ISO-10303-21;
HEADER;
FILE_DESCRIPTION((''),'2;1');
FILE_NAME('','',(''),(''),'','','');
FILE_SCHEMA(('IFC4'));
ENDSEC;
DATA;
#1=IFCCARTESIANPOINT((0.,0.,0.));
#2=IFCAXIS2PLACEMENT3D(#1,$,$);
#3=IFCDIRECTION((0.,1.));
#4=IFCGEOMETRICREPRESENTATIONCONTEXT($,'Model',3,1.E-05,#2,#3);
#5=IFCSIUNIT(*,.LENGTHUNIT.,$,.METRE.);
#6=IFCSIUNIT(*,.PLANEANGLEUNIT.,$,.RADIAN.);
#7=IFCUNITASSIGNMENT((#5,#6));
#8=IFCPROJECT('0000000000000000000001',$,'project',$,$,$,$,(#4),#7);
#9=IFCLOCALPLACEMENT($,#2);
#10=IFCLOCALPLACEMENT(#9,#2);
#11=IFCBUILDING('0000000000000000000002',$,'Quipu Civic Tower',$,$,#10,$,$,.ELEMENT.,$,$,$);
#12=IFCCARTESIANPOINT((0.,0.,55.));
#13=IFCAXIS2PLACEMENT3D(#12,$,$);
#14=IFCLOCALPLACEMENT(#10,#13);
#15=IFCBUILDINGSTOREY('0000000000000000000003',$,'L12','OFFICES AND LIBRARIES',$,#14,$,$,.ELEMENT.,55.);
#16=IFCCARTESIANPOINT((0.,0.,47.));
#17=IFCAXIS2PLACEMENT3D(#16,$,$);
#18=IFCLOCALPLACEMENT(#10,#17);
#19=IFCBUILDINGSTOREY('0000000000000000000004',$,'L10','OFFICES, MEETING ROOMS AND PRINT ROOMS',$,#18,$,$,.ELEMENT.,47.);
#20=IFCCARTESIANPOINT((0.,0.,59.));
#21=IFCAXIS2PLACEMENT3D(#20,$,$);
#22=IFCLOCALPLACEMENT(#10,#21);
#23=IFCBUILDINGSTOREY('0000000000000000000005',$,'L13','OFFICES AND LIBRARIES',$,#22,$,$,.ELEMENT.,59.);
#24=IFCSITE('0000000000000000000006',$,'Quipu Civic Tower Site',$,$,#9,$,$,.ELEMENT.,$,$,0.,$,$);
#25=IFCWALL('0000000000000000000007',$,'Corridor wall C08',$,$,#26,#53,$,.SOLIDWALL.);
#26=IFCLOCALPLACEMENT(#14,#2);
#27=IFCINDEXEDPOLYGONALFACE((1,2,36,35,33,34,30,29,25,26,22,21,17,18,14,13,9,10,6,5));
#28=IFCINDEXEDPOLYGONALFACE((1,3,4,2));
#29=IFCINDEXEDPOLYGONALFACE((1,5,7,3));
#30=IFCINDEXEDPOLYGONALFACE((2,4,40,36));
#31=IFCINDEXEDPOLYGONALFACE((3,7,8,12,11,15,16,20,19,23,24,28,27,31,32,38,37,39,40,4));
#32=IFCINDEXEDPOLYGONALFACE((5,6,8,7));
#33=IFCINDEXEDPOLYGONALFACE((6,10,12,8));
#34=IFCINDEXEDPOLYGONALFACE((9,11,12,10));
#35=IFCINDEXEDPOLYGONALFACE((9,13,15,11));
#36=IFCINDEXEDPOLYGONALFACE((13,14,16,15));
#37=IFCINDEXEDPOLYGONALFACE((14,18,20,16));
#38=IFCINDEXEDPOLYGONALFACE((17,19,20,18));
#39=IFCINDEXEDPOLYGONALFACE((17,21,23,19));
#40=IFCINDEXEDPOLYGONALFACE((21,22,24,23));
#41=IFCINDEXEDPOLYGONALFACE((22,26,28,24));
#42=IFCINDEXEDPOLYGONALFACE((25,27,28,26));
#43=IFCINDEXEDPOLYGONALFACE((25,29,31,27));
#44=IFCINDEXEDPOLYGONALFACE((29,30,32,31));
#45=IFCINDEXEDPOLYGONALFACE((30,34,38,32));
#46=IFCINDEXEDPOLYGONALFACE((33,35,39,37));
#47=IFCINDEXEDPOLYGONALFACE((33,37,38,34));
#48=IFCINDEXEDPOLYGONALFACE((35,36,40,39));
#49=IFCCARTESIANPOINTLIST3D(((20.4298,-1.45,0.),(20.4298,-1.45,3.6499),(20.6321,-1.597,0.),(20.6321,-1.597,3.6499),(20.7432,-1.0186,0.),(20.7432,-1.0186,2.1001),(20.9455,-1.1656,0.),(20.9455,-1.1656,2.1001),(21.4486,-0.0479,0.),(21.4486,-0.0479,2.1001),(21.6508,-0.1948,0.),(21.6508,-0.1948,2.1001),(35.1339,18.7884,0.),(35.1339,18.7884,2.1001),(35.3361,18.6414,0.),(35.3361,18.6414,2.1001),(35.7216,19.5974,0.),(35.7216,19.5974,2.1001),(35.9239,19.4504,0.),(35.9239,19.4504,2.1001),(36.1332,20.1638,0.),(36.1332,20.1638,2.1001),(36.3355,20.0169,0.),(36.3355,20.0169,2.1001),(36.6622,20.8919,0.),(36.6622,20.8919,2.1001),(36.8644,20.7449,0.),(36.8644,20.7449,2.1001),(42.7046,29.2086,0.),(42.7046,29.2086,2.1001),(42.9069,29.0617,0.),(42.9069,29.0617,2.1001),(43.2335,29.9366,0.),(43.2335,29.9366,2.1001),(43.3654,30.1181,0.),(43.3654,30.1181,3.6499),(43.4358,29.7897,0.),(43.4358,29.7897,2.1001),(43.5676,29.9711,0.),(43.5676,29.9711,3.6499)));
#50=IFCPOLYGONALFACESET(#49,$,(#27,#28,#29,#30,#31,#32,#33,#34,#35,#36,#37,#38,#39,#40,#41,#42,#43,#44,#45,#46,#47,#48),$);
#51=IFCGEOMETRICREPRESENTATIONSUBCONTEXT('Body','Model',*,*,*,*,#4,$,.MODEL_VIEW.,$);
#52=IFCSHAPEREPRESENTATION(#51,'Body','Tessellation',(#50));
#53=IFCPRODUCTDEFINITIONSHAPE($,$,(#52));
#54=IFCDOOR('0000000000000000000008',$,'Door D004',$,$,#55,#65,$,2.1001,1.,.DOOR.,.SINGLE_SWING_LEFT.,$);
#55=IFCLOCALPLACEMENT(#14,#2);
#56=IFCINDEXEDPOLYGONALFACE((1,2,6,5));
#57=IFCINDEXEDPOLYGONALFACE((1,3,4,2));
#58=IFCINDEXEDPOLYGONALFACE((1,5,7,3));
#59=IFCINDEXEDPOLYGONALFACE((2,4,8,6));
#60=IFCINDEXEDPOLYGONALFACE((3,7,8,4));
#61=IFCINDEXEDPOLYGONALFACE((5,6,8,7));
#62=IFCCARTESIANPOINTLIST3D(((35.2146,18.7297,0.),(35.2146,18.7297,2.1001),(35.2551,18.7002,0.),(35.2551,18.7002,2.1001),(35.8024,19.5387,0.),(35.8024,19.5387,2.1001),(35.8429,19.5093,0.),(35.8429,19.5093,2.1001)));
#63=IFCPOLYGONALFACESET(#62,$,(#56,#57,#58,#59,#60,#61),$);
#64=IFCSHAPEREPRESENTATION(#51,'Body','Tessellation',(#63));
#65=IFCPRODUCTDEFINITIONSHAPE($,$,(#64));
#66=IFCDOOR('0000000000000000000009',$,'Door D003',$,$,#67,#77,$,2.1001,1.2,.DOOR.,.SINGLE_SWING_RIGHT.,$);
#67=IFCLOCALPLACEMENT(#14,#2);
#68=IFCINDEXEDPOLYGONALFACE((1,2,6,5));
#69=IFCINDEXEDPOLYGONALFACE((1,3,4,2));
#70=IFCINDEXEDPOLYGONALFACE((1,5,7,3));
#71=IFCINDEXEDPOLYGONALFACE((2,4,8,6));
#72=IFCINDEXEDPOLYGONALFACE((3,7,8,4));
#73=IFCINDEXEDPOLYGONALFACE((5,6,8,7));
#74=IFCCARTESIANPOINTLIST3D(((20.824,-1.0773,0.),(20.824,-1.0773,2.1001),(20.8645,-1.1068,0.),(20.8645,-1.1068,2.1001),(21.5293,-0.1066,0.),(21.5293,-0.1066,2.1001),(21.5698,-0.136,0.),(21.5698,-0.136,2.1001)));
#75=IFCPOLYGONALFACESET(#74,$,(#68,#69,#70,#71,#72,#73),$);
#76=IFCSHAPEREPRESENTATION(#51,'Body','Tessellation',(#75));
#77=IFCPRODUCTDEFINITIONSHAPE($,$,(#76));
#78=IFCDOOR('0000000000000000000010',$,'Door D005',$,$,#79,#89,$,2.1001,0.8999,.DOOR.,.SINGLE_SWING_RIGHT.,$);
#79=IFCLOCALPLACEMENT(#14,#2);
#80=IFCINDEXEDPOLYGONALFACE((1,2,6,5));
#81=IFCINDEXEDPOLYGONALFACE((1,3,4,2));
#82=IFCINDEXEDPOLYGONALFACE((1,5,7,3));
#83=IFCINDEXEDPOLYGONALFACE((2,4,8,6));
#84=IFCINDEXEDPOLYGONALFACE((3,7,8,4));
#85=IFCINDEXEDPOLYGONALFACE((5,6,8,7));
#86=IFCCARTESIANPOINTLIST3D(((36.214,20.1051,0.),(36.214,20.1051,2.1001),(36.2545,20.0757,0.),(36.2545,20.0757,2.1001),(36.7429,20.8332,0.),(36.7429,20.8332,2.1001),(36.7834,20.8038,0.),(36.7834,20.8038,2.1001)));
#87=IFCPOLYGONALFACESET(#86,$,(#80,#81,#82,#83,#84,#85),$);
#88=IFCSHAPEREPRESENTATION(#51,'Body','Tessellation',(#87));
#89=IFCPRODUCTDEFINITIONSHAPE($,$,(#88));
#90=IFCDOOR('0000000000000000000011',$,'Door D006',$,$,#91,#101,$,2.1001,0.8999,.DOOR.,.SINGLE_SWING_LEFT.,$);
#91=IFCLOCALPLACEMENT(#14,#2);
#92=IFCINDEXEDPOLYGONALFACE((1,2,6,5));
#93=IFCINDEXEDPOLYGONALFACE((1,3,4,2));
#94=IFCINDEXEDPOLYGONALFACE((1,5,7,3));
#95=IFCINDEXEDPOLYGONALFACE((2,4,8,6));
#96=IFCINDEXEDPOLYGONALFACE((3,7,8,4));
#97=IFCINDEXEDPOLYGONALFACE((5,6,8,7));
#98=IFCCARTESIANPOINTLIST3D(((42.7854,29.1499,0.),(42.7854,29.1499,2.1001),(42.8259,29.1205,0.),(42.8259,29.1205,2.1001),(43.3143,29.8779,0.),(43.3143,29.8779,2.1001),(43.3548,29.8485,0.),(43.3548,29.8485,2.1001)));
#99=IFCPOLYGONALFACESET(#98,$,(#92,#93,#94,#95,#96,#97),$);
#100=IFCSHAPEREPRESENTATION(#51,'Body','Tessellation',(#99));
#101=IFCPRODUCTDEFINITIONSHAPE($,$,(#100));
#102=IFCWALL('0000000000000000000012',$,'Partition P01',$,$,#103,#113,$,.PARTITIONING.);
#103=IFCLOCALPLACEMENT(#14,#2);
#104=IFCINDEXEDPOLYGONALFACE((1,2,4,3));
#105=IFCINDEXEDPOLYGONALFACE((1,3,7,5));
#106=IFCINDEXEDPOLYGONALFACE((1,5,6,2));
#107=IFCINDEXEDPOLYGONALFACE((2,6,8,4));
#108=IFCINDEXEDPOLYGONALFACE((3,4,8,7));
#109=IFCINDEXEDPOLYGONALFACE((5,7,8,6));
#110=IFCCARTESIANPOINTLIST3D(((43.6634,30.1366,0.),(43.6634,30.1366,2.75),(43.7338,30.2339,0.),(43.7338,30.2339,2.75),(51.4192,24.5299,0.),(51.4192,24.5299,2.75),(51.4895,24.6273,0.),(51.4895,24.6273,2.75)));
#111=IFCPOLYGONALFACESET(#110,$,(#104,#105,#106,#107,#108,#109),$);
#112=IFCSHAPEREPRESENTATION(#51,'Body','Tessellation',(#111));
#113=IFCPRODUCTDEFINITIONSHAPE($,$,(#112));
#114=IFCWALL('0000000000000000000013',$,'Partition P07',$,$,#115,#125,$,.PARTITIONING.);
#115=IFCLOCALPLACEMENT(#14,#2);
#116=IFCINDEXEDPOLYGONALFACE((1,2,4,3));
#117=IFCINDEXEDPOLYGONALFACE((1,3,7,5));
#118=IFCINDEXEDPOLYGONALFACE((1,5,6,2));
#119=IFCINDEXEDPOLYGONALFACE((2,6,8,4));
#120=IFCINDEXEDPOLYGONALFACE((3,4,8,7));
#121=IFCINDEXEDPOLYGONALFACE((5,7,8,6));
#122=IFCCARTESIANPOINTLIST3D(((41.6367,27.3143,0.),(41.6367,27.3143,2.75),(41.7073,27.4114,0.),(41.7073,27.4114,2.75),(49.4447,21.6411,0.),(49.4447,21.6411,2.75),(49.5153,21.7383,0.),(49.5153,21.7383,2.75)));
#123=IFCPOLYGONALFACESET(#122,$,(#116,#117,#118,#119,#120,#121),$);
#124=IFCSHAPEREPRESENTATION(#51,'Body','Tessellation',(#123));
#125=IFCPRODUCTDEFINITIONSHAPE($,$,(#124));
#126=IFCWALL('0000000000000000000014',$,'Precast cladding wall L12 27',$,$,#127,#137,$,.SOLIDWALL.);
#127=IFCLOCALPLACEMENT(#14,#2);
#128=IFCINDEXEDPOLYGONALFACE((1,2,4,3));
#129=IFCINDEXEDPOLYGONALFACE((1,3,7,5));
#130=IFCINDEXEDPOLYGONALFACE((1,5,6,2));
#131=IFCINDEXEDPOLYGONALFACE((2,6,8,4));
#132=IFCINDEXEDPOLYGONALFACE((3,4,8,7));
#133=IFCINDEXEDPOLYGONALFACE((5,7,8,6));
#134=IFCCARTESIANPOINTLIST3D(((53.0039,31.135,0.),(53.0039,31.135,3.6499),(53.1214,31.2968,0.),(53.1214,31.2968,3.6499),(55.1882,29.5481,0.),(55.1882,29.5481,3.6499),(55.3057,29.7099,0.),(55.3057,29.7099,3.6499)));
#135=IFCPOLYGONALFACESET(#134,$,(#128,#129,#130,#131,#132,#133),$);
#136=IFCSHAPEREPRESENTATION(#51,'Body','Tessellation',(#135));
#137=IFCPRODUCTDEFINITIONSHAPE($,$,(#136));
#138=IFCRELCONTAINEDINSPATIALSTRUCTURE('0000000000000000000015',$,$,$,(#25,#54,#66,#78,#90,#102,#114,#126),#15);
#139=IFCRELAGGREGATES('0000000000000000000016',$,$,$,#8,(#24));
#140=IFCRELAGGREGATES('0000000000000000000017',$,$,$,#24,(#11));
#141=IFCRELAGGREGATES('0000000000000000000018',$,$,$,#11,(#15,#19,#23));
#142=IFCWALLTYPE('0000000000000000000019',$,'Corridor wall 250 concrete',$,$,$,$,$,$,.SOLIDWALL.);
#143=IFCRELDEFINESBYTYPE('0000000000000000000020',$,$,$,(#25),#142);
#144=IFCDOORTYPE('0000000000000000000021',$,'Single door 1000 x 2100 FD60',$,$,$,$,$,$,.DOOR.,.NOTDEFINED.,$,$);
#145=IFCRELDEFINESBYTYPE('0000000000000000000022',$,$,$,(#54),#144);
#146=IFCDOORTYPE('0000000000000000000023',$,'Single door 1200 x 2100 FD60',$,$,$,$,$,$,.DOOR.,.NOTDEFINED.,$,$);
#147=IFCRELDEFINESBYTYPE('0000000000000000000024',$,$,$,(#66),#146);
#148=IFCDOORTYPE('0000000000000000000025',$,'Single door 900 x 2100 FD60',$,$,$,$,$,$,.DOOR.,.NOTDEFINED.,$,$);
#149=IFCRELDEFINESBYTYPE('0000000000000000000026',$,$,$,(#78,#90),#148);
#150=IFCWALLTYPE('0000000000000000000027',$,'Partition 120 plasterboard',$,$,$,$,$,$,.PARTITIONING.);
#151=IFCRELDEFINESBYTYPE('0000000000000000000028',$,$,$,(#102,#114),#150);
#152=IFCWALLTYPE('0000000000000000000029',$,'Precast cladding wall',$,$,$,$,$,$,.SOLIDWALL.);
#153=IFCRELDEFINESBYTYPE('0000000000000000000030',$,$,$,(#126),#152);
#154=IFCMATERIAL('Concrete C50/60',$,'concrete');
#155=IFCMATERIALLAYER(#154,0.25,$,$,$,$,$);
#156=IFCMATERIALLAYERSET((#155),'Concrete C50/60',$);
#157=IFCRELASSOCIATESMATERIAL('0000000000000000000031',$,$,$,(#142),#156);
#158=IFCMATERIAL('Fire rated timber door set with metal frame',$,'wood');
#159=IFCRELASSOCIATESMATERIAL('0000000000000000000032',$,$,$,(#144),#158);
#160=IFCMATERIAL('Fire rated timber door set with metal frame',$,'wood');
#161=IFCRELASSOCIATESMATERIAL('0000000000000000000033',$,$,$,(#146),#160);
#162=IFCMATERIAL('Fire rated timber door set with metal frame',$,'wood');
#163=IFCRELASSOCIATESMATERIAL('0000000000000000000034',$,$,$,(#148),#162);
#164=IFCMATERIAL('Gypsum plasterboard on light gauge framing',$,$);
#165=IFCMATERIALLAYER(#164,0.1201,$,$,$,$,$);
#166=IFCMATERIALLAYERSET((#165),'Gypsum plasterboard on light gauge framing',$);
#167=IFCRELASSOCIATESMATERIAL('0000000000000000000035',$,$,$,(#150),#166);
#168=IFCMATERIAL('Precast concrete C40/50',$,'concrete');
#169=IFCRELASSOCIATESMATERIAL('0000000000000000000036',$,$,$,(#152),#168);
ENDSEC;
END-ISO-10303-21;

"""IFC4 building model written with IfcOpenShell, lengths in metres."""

from ifc_helpers import new_model, si_unit, direction, frame, frame_2d, origin, place, context, subcontext, project, spatial, rectangle, extrude, material, layer, layer_set, type_object, element, fill, save


model = new_model("IFC4")

# Units and contexts
model_context = context("Model", 3, precision=1e-05, world=origin(), true_north=direction((0.0, 1.0)))
body_context = subcontext(model_context, "Body", "Model", "MODEL_VIEW")
ifc_project = project(units=[si_unit("LENGTHUNIT", "METRE"), si_unit("PLANEANGLEUNIT", "RADIAN")], contexts=[model_context])

# Site, building, storey
site_placement = place(None, origin())
site = spatial("IfcSite", under=ifc_project, at=site_placement, Name="Quipu Civic Tower Site", CompositionType="ELEMENT", RefElevation=0.0)
building_placement = place(site_placement, origin())
building = spatial("IfcBuilding", under=site, at=building_placement, Name="Quipu Civic Tower", CompositionType="ELEMENT")
storey_1_placement = place(building_placement, frame((0.0, 0.0, 55.0)))
storey_1 = spatial("IfcBuildingStorey", under=building, at=storey_1_placement, Name="L12", Description="OFFICES AND LIBRARIES", CompositionType="ELEMENT", Elevation=55.0)

# Shared definitions
storey_2_placement = place(building_placement, frame((0.0, 0.0, 47.0)))
storey_2 = spatial("IfcBuildingStorey", under=building, at=storey_2_placement, Name="L10", Description="OFFICES, MEETING ROOMS AND PRINT ROOMS", CompositionType="ELEMENT", Elevation=47.0)

# Shared definitions
storey_3_placement = place(building_placement, frame((0.0, 0.0, 59.0)))
storey_3 = spatial("IfcBuildingStorey", under=building, at=storey_3_placement, Name="L13", Description="OFFICES AND LIBRARIES", CompositionType="ELEMENT", Elevation=59.0)

# Wall, openings, doors
ifc_material_1 = material(Name="Concrete C50/60", Category="concrete")
ifc_layer_1 = layer(ifc_material_1, 0.25)
ifc_layer_set_1 = layer_set([ifc_layer_1], Name="Concrete C50/60")
wall_type_1 = type_object("IfcWallType", Name="Corridor wall 250 concrete", PredefinedType="SOLIDWALL", material=ifc_layer_set_1)
wall_1_placement = place(storey_1_placement, frame((43.4666, 30.0447, 0.0), z_axis=(0.0, 0.0, 1.0), x_axis=(-0.587785, -0.809017, 0.0)))
wall_1 = element("IfcWall", 1, at=wall_1_placement, inside=storey_1, type_object=wall_type_1, Name="Corridor wall C08", PredefinedType="SOLIDWALL", context=body_context, shape_type="SweptSolid", body=[
    extrude(rectangle(XDim=39.0203, YDim=0.25, at=frame_2d((19.5103, 0.0))), origin(), (0.0, 0.0, 1.0), 3.6499),
])
opening_1_placement = place(wall_1_placement, frame((11.4043, 0.0, 0.0)))
opening_1 = element("IfcOpeningElement", 2, at=opening_1_placement, cuts=wall_1, PredefinedType="OPENING", context=body_context, shape_type="SweptSolid", body=[
    extrude(rectangle(XDim=0.8999, YDim=2.1001, at=frame_2d((0.45, 1.05))), frame((0.0, 0.135, 0.0), z_axis=(0.0, -1.0, 0.0), x_axis=(1.0, 0.0, 0.0)), (0.0, 0.0, 1.0), 0.27),
])
opening_2_placement = place(wall_1_placement, frame((13.0044, 0.0, 0.0)))
opening_2 = element("IfcOpeningElement", 3, at=opening_2_placement, cuts=wall_1, PredefinedType="OPENING", context=body_context, shape_type="SweptSolid", body=[
    extrude(rectangle(XDim=1.0, YDim=2.1001, at=frame_2d((0.5, 1.05))), frame((0.0, 0.135, 0.0), z_axis=(0.0, -1.0, 0.0), x_axis=(1.0, 0.0, 0.0)), (0.0, 0.0, 1.0), 0.27),
])
opening_3_placement = place(wall_1_placement, frame((37.2871, 0.0, 0.0)))
opening_3 = element("IfcOpeningElement", 4, at=opening_3_placement, cuts=wall_1, PredefinedType="OPENING", context=body_context, shape_type="SweptSolid", body=[
    extrude(rectangle(XDim=1.2, YDim=2.1001, at=frame_2d((0.6001, 1.05))), frame((0.0, 0.135, 0.0), z_axis=(0.0, -1.0, 0.0), x_axis=(1.0, 0.0, 0.0)), (0.0, 0.0, 1.0), 0.27),
])
opening_4_placement = place(wall_1_placement, frame((0.2244, 0.0, 0.0)))
opening_4 = element("IfcOpeningElement", 5, at=opening_4_placement, cuts=wall_1, PredefinedType="OPENING", context=body_context, shape_type="SweptSolid", body=[
    extrude(rectangle(XDim=0.8999, YDim=2.1001, at=frame_2d((0.45, 1.05))), frame((0.0, 0.135, 0.0), z_axis=(0.0, -1.0, 0.0), x_axis=(1.0, 0.0, 0.0)), (0.0, 0.0, 1.0), 0.27),
])
ifc_material_2 = material(Name="Fire rated timber door set with metal frame", Category="wood")
door_type_1 = type_object("IfcDoorType", Name="Single door 1000 x 2100 FD60", OperationType="NOTDEFINED", PredefinedType="DOOR", material=ifc_material_2)
door_1_placement = place(opening_2_placement, origin())
door_1 = element("IfcDoor", 6, at=door_1_placement, inside=storey_1, type_object=door_type_1, Name="Door D004", OperationType="SINGLE_SWING_LEFT", OverallHeight=2.1001, OverallWidth=1.0, PredefinedType="DOOR", context=body_context, shape_type="SweptSolid", body=[
    extrude(rectangle(XDim=1.0, YDim=2.1001, at=frame_2d((0.5, 1.05))), frame((0.0, 0.0249, 0.0), z_axis=(0.0, -1.0, 0.0), x_axis=(1.0, 0.0, 0.0)), (0.0, 0.0, 1.0), 0.05),
])
fill(opening_2, door_1)
ifc_material_3 = material(Name="Fire rated timber door set with metal frame", Category="wood")
door_type_2 = type_object("IfcDoorType", Name="Single door 1200 x 2100 FD60", OperationType="NOTDEFINED", PredefinedType="DOOR", material=ifc_material_3)
door_2_placement = place(opening_3_placement, origin())
door_2 = element("IfcDoor", 7, at=door_2_placement, inside=storey_1, type_object=door_type_2, Name="Door D003", OperationType="SINGLE_SWING_RIGHT", OverallHeight=2.1001, OverallWidth=1.2, PredefinedType="DOOR", context=body_context, shape_type="SweptSolid", body=[
    extrude(rectangle(XDim=1.2, YDim=2.1001, at=frame_2d((0.6001, 1.05))), frame((0.0, 0.0249, 0.0), z_axis=(0.0, -1.0, 0.0), x_axis=(1.0, 0.0, 0.0)), (0.0, 0.0, 1.0), 0.05),
])
fill(opening_3, door_2)
ifc_material_4 = material(Name="Fire rated timber door set with metal frame", Category="wood")
door_type_3 = type_object("IfcDoorType", Name="Single door 900 x 2100 FD60", OperationType="NOTDEFINED", PredefinedType="DOOR", material=ifc_material_4)
door_3_placement = place(opening_1_placement, origin())
door_3 = element("IfcDoor", 8, at=door_3_placement, inside=storey_1, type_object=door_type_3, Name="Door D005", OperationType="SINGLE_SWING_RIGHT", OverallHeight=2.1001, OverallWidth=0.8999, PredefinedType="DOOR", context=body_context, shape_type="SweptSolid", body=[
    extrude(rectangle(XDim=0.8999, YDim=2.1001, at=frame_2d((0.45, 1.05))), frame((0.0, 0.0249, 0.0), z_axis=(0.0, -1.0, 0.0), x_axis=(1.0, 0.0, 0.0)), (0.0, 0.0, 1.0), 0.05),
])
fill(opening_1, door_3)
door_4_placement = place(opening_4_placement, origin())
door_4 = element("IfcDoor", 9, at=door_4_placement, inside=storey_1, type_object=door_type_3, Name="Door D006", OperationType="SINGLE_SWING_LEFT", OverallHeight=2.1001, OverallWidth=0.8999, PredefinedType="DOOR", context=body_context, shape_type="SweptSolid", body=[
    extrude(rectangle(XDim=0.8999, YDim=2.1001, at=frame_2d((0.45, 1.05))), frame((0.0, 0.0249, 0.0), z_axis=(0.0, -1.0, 0.0), x_axis=(1.0, 0.0, 0.0)), (0.0, 0.0, 1.0), 0.05),
])
fill(opening_4, door_4)

# Walls
ifc_material_5 = material(Name="Gypsum plasterboard on light gauge framing")
ifc_layer_2 = layer(ifc_material_5, 0.1201)
ifc_layer_set_2 = layer_set([ifc_layer_2], Name="Gypsum plasterboard on light gauge framing")
wall_type_2 = type_object("IfcWallType", Name="Partition 120 plasterboard", PredefinedType="PARTITIONING", material=ifc_layer_set_2)
wall_2_placement = place(storey_1_placement, frame((43.6985, 30.1853, 0.0), z_axis=(0.0, 0.0, 1.0), x_axis=(0.810419, -0.58585, 0.0)))
element("IfcWall", 10, at=wall_2_placement, inside=storey_1, type_object=wall_type_2, Name="Partition P01", PredefinedType="PARTITIONING", context=body_context, shape_type="SweptSolid", body=[
    extrude(rectangle(XDim=9.5701, YDim=0.1201, at=frame_2d((4.7852, 0.0))), origin(), (0.0, 0.0, 1.0), 2.75),
])
wall_3_placement = place(storey_1_placement, frame((49.48, 21.6897, 0.0), z_axis=(0.0, 0.0, 1.0), x_axis=(-0.809, 0.587809, 0.0)))
element("IfcWall", 11, at=wall_3_placement, inside=storey_1, type_object=wall_type_2, Name="Partition P07", PredefinedType="PARTITIONING", context=body_context, shape_type="SweptSolid", body=[
    extrude(rectangle(XDim=9.6514, YDim=0.1201, at=frame_2d((4.8257, 0.0))), origin(), (0.0, 0.0, 1.0), 2.75),
])
ifc_material_6 = material(Name="Precast concrete C40/50", Category="concrete")
wall_type_3 = type_object("IfcWallType", Name="Precast cladding wall", PredefinedType="SOLIDWALL", material=ifc_material_6)
wall_4_placement = place(storey_1_placement, frame((55.2471, 29.6289, 0.0), z_axis=(0.0, 0.0, 1.0), x_axis=(-0.809033, 0.587763, 0.0)))
element("IfcWall", 12, at=wall_4_placement, inside=storey_1, type_object=wall_type_3, Name="Precast cladding wall L12 27", PredefinedType="SOLIDWALL", context=body_context, shape_type="SweptSolid", body=[
    extrude(rectangle(XDim=2.7, YDim=0.2, at=frame_2d((1.3501, 0.0))), origin(), (0.0, 0.0, 1.0), 3.6499),
])

save(model, "model.ifc")
